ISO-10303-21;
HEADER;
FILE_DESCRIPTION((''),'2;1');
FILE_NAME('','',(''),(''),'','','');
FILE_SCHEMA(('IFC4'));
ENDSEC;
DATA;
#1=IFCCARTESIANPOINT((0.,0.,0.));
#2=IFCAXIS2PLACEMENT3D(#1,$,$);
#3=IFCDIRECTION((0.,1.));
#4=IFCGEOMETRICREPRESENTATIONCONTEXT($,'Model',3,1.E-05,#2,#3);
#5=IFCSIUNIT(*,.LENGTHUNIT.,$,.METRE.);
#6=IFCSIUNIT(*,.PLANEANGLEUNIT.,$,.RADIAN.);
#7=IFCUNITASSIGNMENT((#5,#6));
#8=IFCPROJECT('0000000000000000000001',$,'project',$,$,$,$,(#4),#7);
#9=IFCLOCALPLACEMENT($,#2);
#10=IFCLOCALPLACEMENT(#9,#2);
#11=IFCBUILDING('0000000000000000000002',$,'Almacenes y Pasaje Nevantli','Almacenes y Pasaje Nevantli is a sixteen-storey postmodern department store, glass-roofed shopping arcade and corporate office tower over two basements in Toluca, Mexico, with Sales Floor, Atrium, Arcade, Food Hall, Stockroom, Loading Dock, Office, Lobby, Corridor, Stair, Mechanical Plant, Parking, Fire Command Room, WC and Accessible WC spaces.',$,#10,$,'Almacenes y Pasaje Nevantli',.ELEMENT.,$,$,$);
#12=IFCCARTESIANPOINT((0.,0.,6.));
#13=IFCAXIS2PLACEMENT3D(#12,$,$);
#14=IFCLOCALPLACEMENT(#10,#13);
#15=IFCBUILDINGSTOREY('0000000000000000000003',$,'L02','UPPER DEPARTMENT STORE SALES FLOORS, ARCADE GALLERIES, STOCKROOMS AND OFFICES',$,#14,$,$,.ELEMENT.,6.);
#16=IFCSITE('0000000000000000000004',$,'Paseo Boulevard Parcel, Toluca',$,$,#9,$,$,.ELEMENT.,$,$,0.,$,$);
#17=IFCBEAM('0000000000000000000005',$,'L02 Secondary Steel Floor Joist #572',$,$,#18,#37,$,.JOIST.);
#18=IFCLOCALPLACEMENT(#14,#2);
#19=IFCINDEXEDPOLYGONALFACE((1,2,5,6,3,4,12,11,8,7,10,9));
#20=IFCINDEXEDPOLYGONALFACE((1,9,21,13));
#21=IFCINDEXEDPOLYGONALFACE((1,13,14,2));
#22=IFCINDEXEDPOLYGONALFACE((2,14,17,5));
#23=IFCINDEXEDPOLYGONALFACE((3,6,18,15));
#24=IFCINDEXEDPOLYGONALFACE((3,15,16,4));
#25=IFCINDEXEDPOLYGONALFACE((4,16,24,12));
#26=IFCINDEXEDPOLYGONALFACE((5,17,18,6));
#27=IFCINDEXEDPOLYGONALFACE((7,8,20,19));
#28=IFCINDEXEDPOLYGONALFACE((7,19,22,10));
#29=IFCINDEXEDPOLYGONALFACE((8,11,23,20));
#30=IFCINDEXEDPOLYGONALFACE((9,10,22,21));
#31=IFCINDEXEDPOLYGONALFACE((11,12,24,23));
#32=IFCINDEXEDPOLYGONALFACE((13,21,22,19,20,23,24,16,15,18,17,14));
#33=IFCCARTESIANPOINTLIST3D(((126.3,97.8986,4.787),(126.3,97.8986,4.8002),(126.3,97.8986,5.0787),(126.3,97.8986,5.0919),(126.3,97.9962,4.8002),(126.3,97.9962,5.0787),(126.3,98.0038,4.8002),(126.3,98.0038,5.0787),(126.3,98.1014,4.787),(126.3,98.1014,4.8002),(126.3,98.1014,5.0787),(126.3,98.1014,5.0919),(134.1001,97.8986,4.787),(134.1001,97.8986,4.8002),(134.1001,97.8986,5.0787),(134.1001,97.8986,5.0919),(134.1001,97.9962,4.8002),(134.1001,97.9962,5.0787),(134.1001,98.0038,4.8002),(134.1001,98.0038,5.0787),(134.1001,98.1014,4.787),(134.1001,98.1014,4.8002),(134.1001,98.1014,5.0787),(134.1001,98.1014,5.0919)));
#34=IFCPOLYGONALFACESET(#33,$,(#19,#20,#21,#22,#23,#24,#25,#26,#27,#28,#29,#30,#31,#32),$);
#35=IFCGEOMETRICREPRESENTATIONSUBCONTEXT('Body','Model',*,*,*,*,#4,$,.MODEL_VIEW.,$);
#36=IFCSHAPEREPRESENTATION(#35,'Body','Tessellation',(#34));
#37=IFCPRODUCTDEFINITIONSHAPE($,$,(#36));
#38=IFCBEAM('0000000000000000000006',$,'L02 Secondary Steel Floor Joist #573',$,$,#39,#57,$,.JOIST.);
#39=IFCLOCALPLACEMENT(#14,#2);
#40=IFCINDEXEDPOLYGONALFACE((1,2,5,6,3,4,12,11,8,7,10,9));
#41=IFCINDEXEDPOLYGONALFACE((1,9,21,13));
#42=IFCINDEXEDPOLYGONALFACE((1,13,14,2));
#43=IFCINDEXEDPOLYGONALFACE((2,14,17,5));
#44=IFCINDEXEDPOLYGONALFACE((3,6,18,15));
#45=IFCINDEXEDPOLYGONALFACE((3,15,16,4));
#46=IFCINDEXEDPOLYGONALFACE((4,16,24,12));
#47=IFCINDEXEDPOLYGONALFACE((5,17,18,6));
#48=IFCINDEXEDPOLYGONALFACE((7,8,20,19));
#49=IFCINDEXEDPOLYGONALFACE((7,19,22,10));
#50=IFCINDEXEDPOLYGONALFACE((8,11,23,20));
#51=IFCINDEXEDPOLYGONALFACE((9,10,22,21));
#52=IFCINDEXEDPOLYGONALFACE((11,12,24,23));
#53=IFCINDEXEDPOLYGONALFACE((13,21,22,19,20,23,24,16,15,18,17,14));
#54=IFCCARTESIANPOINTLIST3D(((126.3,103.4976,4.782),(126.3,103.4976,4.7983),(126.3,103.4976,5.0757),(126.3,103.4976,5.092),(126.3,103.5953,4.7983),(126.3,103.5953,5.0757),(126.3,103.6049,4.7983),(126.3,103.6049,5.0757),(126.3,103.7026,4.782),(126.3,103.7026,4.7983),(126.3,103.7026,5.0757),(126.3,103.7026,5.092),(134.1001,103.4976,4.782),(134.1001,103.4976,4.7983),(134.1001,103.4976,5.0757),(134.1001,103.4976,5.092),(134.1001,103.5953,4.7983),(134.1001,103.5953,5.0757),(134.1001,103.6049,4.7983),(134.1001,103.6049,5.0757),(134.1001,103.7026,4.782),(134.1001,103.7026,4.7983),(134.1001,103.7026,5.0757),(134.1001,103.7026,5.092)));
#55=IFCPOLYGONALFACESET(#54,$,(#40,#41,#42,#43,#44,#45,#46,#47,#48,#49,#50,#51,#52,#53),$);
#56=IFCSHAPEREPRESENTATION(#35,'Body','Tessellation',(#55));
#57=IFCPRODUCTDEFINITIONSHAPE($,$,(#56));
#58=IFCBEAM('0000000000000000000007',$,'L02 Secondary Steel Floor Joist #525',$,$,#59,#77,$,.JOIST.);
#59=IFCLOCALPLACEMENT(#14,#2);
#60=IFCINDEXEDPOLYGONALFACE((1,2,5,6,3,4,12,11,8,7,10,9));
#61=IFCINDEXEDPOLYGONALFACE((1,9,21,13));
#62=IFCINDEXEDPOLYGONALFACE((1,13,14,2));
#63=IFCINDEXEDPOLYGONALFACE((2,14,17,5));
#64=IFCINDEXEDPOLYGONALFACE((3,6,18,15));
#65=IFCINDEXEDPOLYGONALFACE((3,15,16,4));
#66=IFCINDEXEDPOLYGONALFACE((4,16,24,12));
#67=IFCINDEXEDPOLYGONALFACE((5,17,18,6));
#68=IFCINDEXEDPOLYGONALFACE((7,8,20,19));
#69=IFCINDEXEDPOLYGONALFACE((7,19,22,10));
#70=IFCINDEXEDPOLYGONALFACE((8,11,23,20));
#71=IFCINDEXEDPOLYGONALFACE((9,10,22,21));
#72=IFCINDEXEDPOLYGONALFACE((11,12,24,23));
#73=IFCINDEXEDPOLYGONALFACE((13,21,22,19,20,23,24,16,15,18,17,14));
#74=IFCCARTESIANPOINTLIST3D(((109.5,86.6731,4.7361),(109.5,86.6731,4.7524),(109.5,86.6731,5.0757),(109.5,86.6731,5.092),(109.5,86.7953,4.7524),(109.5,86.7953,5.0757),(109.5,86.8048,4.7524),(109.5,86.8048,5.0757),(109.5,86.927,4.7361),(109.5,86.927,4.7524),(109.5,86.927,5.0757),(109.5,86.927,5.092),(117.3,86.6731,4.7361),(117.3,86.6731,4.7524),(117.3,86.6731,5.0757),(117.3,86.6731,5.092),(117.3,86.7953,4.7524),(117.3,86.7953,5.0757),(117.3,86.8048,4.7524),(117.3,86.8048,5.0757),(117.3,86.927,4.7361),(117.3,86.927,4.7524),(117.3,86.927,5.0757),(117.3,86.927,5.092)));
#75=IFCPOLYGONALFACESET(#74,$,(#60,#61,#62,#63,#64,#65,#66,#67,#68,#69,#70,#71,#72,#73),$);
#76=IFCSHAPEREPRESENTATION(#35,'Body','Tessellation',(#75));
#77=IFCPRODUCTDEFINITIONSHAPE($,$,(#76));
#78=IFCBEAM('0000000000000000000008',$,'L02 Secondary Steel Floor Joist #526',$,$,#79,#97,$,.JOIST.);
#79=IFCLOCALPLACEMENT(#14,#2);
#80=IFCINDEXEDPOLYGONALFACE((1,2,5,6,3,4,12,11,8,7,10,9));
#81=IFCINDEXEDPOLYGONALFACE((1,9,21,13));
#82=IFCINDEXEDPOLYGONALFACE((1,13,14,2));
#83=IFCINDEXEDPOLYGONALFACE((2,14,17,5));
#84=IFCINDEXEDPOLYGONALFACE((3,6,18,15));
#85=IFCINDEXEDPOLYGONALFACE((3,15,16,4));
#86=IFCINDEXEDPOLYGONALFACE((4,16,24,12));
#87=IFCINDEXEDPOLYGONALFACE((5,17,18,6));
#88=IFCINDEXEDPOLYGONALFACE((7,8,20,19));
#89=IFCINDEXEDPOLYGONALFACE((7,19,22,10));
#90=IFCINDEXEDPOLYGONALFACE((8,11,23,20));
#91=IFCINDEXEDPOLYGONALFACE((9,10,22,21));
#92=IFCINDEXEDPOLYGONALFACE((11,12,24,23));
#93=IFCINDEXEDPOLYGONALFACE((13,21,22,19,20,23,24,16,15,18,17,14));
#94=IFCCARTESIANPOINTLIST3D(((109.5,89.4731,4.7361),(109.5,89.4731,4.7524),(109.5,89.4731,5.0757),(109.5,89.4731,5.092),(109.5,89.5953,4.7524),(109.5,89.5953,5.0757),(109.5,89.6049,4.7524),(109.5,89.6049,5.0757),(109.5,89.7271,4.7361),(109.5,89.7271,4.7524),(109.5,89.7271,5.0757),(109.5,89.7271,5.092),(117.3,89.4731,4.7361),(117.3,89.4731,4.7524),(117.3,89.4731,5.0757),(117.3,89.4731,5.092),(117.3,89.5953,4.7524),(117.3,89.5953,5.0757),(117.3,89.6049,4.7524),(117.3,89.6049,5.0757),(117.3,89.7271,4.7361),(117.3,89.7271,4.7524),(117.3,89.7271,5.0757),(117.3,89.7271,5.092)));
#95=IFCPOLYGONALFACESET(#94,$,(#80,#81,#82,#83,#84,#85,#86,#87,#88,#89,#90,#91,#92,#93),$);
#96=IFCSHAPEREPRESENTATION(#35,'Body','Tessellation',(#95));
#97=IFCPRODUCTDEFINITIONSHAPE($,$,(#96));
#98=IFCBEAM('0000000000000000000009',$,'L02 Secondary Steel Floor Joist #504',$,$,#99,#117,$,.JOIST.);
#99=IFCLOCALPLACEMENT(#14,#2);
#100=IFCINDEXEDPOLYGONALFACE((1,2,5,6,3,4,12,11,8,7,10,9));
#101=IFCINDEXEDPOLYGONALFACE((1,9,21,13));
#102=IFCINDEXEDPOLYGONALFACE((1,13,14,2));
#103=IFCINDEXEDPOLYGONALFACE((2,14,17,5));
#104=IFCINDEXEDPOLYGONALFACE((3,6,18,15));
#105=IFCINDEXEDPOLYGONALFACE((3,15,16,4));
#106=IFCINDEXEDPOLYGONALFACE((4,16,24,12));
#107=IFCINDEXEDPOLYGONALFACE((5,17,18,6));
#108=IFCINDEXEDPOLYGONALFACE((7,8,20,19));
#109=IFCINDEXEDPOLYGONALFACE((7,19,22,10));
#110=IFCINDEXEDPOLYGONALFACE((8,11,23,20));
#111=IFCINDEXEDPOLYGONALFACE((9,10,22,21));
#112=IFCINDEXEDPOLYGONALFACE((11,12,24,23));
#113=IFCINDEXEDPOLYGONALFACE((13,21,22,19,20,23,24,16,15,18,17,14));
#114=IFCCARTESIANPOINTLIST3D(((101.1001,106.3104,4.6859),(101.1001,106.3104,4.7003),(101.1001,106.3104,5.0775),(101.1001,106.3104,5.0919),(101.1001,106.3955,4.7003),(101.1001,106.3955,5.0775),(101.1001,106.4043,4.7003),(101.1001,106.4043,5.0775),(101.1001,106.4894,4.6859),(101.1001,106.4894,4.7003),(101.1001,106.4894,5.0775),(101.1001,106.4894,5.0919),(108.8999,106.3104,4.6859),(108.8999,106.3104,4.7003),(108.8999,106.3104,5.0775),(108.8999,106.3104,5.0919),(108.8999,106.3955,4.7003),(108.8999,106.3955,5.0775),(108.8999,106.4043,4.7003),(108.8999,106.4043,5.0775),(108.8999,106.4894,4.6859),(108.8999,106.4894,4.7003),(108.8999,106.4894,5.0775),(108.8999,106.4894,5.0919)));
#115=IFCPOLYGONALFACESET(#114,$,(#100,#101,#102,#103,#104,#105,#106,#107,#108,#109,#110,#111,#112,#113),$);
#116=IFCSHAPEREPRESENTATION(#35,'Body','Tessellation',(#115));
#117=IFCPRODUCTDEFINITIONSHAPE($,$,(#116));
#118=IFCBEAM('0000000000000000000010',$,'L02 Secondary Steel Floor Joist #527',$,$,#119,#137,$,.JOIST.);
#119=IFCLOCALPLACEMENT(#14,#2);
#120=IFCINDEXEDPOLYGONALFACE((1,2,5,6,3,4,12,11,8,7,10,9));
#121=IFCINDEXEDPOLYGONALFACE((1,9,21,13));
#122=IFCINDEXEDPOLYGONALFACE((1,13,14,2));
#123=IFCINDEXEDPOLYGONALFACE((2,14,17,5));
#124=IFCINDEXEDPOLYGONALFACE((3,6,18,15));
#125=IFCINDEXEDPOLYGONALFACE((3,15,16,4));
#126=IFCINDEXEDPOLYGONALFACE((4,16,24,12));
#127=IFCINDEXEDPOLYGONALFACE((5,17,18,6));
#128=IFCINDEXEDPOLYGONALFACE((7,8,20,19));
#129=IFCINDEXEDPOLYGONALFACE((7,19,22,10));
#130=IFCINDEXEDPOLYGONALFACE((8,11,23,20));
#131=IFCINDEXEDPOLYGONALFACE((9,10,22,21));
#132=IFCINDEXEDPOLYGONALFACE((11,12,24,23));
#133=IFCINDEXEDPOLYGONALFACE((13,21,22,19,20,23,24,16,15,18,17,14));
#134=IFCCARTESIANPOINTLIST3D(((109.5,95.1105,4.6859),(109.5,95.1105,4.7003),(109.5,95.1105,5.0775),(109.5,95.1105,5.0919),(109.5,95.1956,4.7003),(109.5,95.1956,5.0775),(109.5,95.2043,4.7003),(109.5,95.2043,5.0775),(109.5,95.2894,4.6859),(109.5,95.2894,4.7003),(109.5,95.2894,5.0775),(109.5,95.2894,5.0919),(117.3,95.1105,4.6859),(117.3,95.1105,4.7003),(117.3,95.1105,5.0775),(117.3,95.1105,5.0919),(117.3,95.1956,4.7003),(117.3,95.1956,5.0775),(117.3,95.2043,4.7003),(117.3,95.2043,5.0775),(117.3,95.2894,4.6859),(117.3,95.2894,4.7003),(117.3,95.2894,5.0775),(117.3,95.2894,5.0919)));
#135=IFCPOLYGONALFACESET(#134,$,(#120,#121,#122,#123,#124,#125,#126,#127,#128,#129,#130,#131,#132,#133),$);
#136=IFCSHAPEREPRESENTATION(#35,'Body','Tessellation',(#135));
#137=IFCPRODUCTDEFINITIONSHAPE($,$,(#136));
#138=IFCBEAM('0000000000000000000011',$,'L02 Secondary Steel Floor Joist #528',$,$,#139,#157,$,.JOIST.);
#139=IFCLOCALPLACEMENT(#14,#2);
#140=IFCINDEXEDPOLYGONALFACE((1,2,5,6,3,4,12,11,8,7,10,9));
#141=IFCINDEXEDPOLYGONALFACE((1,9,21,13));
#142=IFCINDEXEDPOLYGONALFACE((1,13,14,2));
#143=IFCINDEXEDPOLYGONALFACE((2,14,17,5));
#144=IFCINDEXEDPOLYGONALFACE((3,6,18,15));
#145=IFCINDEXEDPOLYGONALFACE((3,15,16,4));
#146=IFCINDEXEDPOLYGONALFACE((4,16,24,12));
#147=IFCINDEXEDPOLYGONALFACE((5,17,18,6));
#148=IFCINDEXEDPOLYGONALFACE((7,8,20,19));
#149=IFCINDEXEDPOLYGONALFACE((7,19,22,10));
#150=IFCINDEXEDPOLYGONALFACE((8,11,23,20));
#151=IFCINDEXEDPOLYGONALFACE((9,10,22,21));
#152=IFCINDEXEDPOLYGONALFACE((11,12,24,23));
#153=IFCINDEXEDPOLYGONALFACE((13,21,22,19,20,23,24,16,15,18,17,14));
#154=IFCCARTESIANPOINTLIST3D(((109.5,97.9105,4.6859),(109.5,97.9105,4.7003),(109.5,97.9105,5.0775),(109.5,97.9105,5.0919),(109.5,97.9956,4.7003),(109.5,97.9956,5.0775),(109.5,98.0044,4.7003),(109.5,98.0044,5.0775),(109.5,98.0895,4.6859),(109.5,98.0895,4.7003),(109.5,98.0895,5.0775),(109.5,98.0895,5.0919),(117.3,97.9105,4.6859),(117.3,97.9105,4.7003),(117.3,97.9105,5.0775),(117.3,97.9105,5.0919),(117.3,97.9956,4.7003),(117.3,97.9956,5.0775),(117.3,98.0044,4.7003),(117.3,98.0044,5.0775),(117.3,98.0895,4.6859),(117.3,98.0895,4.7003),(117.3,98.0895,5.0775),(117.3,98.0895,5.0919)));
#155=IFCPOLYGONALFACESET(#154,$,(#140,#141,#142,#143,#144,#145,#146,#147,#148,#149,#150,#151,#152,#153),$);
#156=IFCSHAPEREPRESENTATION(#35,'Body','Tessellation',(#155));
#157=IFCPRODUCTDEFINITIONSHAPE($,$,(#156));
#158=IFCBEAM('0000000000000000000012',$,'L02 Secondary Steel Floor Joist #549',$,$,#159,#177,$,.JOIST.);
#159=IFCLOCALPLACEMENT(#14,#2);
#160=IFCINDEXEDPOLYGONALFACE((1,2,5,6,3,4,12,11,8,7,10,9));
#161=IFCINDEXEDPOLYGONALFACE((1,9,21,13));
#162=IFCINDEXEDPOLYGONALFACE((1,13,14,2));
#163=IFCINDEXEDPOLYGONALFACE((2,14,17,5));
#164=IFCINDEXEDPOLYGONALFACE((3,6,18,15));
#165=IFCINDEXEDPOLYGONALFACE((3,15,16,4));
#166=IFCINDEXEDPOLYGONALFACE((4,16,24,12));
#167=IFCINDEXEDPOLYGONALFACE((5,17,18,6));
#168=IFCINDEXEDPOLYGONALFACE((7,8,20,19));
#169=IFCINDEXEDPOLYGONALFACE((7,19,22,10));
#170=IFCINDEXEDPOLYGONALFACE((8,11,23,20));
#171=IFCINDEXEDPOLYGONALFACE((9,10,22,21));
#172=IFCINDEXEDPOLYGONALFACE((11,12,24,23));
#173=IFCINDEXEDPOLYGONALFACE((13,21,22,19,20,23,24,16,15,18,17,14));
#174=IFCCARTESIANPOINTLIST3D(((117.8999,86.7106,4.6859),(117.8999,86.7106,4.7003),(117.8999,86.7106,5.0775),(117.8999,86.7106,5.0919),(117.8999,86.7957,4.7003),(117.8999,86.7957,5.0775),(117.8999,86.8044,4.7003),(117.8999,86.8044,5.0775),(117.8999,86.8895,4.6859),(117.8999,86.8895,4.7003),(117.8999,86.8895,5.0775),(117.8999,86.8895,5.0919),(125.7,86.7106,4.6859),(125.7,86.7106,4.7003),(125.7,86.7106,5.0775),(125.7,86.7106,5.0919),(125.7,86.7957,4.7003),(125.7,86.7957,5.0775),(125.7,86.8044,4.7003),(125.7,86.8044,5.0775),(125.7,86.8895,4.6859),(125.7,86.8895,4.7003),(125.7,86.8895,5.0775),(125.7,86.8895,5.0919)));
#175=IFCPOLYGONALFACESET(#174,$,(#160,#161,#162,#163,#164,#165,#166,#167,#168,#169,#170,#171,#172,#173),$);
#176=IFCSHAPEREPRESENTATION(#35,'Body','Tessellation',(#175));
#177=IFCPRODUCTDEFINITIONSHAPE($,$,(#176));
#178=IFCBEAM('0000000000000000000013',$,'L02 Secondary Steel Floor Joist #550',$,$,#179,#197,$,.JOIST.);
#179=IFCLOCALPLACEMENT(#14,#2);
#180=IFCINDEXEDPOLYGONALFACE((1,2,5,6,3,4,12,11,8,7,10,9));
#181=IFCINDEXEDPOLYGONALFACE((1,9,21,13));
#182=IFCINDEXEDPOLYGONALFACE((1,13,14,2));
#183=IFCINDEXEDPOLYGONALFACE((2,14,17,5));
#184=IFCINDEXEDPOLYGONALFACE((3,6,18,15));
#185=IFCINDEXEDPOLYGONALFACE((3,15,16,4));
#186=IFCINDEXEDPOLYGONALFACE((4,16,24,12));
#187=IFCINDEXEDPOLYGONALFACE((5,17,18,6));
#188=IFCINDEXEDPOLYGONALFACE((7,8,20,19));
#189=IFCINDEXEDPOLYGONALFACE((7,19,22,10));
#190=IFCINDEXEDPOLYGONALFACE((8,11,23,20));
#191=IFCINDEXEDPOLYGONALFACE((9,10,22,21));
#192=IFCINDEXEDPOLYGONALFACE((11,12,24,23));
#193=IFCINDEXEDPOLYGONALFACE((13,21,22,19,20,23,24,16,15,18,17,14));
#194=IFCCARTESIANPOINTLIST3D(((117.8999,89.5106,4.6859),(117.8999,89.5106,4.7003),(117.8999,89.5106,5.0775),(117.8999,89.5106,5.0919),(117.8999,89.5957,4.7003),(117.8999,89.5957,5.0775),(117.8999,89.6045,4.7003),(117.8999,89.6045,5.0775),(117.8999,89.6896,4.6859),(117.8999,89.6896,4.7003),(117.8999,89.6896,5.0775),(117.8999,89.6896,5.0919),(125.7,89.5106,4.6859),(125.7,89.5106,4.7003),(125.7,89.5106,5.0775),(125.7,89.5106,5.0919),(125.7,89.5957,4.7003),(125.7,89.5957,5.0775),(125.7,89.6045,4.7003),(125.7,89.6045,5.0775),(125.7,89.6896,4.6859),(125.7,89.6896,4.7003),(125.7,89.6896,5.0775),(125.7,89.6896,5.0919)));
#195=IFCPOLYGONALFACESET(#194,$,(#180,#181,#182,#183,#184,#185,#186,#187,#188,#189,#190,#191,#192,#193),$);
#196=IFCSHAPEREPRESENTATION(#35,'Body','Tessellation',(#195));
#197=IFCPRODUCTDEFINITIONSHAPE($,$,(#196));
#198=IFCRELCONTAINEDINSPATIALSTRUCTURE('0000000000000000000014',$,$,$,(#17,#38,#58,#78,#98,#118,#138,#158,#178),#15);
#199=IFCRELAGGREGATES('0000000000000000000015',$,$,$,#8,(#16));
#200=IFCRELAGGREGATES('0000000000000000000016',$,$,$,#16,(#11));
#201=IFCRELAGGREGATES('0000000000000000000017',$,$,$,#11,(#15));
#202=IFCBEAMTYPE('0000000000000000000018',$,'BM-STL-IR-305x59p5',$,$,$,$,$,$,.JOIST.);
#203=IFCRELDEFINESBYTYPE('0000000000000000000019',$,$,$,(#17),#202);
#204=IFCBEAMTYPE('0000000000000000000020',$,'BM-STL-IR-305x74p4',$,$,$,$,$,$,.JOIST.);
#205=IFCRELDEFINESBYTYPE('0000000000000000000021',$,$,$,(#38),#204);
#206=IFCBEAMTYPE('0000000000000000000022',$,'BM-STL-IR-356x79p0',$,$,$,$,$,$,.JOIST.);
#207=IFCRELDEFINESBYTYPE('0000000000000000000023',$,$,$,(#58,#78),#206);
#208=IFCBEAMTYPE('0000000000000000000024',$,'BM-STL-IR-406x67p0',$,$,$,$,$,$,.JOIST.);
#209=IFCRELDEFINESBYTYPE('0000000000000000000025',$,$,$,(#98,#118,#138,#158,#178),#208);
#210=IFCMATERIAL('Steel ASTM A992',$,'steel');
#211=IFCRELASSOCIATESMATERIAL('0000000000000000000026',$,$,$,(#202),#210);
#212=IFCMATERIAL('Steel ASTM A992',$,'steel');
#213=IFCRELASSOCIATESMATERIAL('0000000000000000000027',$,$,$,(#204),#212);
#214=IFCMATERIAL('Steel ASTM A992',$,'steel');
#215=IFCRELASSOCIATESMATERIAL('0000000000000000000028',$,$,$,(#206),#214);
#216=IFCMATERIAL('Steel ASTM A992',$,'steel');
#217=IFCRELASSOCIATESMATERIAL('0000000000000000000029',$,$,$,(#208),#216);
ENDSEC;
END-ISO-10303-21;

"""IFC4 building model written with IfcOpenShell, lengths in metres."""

from ifc_helpers import new_model, si_unit, direction, frame, origin, origin_2d, place, context, subcontext, project, spatial, i_section, extrude, material, material_profile, profile_set, type_object, element, save


model = new_model("IFC4")

# Units and contexts
model_context = context("Model", 3, precision=1e-05, world=origin(), true_north=direction((0.0, 1.0)))
body_context = subcontext(model_context, "Body", "Model", "MODEL_VIEW")
ifc_project = project(units=[si_unit("LENGTHUNIT", "METRE"), si_unit("PLANEANGLEUNIT", "RADIAN")], contexts=[model_context])

# Site, building, storey
site_placement = place(None, origin())
site = spatial("IfcSite", under=ifc_project, at=site_placement, Name="Paseo Boulevard Parcel, Toluca", CompositionType="ELEMENT", RefElevation=0.0)
building_placement = place(site_placement, origin())
building = spatial("IfcBuilding", under=site, at=building_placement, Name="Almacenes y Pasaje Nevantli", Description="Almacenes y Pasaje Nevantli is a sixteen-storey postmodern department store, glass-roofed shopping arcade and corporate office tower over two basements in Toluca, Mexico, with Sales Floor, Atrium, Arcade, Food Hall, Stockroom, Loading Dock, Office, Lobby, Corridor, Stair, Mechanical Plant, Parking, Fire Command Room, WC and Accessible WC spaces.", LongName="Almacenes y Pasaje Nevantli", CompositionType="ELEMENT")
storey_placement = place(building_placement, frame((0.0, 0.0, 6.0)))
storey = spatial("IfcBuildingStorey", under=building, at=storey_placement, Name="L02", Description="UPPER DEPARTMENT STORE SALES FLOORS, ARCADE GALLERIES, STOCKROOMS AND OFFICES", CompositionType="ELEMENT", Elevation=6.0)

# Beams
ifc_material_1 = material(Name="Steel ASTM A992", Category="steel")
ifc_material_profile_1 = material_profile(ifc_material_1, i_section(OverallWidth=0.2029, OverallDepth=0.3049, WebThickness=0.0076, FlangeThickness=0.0132, at=origin_2d()), Name="IR 305x59.5")
ifc_profile_set_1 = profile_set([ifc_material_profile_1], Name="Steel ASTM A992")
beam_type_1 = type_object("IfcBeamType", Name="BM-STL-IR-305x59p5", PredefinedType="JOIST", material=ifc_profile_set_1)
for number, where, z_axis, x_axis, name in (
    (1, (126.3, 98.0, 4.9395), (1.0, 0.0, 0.0), (0.0, 1.0, 0.0), "L02 Secondary Steel Floor Joist #572"),
):
    element("IfcBeam", number, at=place(storey_placement, frame(where, z_axis=z_axis, x_axis=x_axis)), inside=storey, type_object=beam_type_1, Name=name, PredefinedType="JOIST", context=body_context, shape_type="SweptSolid", body=[
        extrude(i_section(OverallWidth=0.2029, OverallDepth=0.3049, WebThickness=0.0076, FlangeThickness=0.0132, at=origin_2d()), origin(), (0.0, 0.0, 1.0), 7.8),
    ])
ifc_material_2 = material(Name="Steel ASTM A992", Category="steel")
ifc_material_profile_2 = material_profile(ifc_material_2, i_section(OverallWidth=0.2051, OverallDepth=0.3101, WebThickness=0.0095, FlangeThickness=0.0164, at=origin_2d()), Name="IR 305x74.4")
ifc_profile_set_2 = profile_set([ifc_material_profile_2], Name="Steel ASTM A992")
beam_type_2 = type_object("IfcBeamType", Name="BM-STL-IR-305x74p4", PredefinedType="JOIST", material=ifc_profile_set_2)
beam_1_placement = place(storey_placement, frame((126.3, 103.6001, 4.937), z_axis=(1.0, 0.0, 0.0), x_axis=(0.0, 1.0, 0.0)))
element("IfcBeam", 2, at=beam_1_placement, inside=storey, type_object=beam_type_2, Name="L02 Secondary Steel Floor Joist #573", PredefinedType="JOIST", context=body_context, shape_type="SweptSolid", body=[
    extrude(i_section(OverallWidth=0.2051, OverallDepth=0.3101, WebThickness=0.0095, FlangeThickness=0.0164, at=origin_2d()), origin(), (0.0, 0.0, 1.0), 7.8),
])
ifc_material_3 = material(Name="Steel ASTM A992", Category="steel")
ifc_material_profile_3 = material_profile(ifc_material_3, i_section(OverallWidth=0.2539, OverallDepth=0.356, WebThickness=0.0095, FlangeThickness=0.0164, at=origin_2d()), Name="IR 356x79.0")
ifc_profile_set_3 = profile_set([ifc_material_profile_3], Name="Steel ASTM A992")
beam_type_3 = type_object("IfcBeamType", Name="BM-STL-IR-356x79p0", PredefinedType="JOIST", material=ifc_profile_set_3)
for number, where, z_axis, x_axis, name in (
    (3, (109.5, 86.8, 4.9141), (1.0, 0.0, 0.0), (0.0, 1.0, 0.0), "L02 Secondary Steel Floor Joist #525"),
    (4, (109.5, 89.6001, 4.9141), (1.0, 0.0, 0.0), (0.0, 1.0, 0.0), "L02 Secondary Steel Floor Joist #526"),
):
    element("IfcBeam", number, at=place(storey_placement, frame(where, z_axis=z_axis, x_axis=x_axis)), inside=storey, type_object=beam_type_3, Name=name, PredefinedType="JOIST", context=body_context, shape_type="SweptSolid", body=[
        extrude(i_section(OverallWidth=0.2539, OverallDepth=0.356, WebThickness=0.0095, FlangeThickness=0.0164, at=origin_2d()), origin(), (0.0, 0.0, 1.0), 7.8),
    ])
ifc_material_4 = material(Name="Steel ASTM A992", Category="steel")
ifc_material_profile_4 = material_profile(ifc_material_4, i_section(OverallWidth=0.179, OverallDepth=0.406, WebThickness=0.0088, FlangeThickness=0.0144, at=origin_2d()), Name="IR 406x67.0")
ifc_profile_set_4 = profile_set([ifc_material_profile_4], Name="Steel ASTM A992")
beam_type_4 = type_object("IfcBeamType", Name="BM-STL-IR-406x67p0", PredefinedType="JOIST", material=ifc_profile_set_4)
beam_2_placement = place(storey_placement, frame((101.1001, 106.3999, 4.8889), z_axis=(1.0, 0.0, 0.0), x_axis=(0.0, 1.0, 0.0)))
element("IfcBeam", 5, at=beam_2_placement, inside=storey, type_object=beam_type_4, Name="L02 Secondary Steel Floor Joist #504", PredefinedType="JOIST", context=body_context, shape_type="SweptSolid", body=[
    extrude(i_section(OverallWidth=0.179, OverallDepth=0.406, WebThickness=0.0088, FlangeThickness=0.0144, at=origin_2d()), origin(), (0.0, 0.0, 1.0), 7.7998),
])
for number, where, z_axis, x_axis, name in (
    (6, (109.5, 95.2, 4.8889), (1.0, 0.0, 0.0), (0.0, 1.0, 0.0), "L02 Secondary Steel Floor Joist #527"),
    (7, (109.5, 98.0, 4.8889), (1.0, 0.0, 0.0), (0.0, 1.0, 0.0), "L02 Secondary Steel Floor Joist #528"),
    (8, (117.8999, 86.8, 4.8889), (1.0, 0.0, 0.0), (0.0, 1.0, 0.0), "L02 Secondary Steel Floor Joist #549"),
    (9, (117.8999, 89.6001, 4.8889), (1.0, 0.0, 0.0), (0.0, 1.0, 0.0), "L02 Secondary Steel Floor Joist #550"),
):
    element("IfcBeam", number, at=place(storey_placement, frame(where, z_axis=z_axis, x_axis=x_axis)), inside=storey, type_object=beam_type_4, Name=name, PredefinedType="JOIST", context=body_context, shape_type="SweptSolid", body=[
        extrude(i_section(OverallWidth=0.179, OverallDepth=0.406, WebThickness=0.0088, FlangeThickness=0.0144, at=origin_2d()), origin(), (0.0, 0.0, 1.0), 7.8),
    ])

save(model, "model.ifc")
